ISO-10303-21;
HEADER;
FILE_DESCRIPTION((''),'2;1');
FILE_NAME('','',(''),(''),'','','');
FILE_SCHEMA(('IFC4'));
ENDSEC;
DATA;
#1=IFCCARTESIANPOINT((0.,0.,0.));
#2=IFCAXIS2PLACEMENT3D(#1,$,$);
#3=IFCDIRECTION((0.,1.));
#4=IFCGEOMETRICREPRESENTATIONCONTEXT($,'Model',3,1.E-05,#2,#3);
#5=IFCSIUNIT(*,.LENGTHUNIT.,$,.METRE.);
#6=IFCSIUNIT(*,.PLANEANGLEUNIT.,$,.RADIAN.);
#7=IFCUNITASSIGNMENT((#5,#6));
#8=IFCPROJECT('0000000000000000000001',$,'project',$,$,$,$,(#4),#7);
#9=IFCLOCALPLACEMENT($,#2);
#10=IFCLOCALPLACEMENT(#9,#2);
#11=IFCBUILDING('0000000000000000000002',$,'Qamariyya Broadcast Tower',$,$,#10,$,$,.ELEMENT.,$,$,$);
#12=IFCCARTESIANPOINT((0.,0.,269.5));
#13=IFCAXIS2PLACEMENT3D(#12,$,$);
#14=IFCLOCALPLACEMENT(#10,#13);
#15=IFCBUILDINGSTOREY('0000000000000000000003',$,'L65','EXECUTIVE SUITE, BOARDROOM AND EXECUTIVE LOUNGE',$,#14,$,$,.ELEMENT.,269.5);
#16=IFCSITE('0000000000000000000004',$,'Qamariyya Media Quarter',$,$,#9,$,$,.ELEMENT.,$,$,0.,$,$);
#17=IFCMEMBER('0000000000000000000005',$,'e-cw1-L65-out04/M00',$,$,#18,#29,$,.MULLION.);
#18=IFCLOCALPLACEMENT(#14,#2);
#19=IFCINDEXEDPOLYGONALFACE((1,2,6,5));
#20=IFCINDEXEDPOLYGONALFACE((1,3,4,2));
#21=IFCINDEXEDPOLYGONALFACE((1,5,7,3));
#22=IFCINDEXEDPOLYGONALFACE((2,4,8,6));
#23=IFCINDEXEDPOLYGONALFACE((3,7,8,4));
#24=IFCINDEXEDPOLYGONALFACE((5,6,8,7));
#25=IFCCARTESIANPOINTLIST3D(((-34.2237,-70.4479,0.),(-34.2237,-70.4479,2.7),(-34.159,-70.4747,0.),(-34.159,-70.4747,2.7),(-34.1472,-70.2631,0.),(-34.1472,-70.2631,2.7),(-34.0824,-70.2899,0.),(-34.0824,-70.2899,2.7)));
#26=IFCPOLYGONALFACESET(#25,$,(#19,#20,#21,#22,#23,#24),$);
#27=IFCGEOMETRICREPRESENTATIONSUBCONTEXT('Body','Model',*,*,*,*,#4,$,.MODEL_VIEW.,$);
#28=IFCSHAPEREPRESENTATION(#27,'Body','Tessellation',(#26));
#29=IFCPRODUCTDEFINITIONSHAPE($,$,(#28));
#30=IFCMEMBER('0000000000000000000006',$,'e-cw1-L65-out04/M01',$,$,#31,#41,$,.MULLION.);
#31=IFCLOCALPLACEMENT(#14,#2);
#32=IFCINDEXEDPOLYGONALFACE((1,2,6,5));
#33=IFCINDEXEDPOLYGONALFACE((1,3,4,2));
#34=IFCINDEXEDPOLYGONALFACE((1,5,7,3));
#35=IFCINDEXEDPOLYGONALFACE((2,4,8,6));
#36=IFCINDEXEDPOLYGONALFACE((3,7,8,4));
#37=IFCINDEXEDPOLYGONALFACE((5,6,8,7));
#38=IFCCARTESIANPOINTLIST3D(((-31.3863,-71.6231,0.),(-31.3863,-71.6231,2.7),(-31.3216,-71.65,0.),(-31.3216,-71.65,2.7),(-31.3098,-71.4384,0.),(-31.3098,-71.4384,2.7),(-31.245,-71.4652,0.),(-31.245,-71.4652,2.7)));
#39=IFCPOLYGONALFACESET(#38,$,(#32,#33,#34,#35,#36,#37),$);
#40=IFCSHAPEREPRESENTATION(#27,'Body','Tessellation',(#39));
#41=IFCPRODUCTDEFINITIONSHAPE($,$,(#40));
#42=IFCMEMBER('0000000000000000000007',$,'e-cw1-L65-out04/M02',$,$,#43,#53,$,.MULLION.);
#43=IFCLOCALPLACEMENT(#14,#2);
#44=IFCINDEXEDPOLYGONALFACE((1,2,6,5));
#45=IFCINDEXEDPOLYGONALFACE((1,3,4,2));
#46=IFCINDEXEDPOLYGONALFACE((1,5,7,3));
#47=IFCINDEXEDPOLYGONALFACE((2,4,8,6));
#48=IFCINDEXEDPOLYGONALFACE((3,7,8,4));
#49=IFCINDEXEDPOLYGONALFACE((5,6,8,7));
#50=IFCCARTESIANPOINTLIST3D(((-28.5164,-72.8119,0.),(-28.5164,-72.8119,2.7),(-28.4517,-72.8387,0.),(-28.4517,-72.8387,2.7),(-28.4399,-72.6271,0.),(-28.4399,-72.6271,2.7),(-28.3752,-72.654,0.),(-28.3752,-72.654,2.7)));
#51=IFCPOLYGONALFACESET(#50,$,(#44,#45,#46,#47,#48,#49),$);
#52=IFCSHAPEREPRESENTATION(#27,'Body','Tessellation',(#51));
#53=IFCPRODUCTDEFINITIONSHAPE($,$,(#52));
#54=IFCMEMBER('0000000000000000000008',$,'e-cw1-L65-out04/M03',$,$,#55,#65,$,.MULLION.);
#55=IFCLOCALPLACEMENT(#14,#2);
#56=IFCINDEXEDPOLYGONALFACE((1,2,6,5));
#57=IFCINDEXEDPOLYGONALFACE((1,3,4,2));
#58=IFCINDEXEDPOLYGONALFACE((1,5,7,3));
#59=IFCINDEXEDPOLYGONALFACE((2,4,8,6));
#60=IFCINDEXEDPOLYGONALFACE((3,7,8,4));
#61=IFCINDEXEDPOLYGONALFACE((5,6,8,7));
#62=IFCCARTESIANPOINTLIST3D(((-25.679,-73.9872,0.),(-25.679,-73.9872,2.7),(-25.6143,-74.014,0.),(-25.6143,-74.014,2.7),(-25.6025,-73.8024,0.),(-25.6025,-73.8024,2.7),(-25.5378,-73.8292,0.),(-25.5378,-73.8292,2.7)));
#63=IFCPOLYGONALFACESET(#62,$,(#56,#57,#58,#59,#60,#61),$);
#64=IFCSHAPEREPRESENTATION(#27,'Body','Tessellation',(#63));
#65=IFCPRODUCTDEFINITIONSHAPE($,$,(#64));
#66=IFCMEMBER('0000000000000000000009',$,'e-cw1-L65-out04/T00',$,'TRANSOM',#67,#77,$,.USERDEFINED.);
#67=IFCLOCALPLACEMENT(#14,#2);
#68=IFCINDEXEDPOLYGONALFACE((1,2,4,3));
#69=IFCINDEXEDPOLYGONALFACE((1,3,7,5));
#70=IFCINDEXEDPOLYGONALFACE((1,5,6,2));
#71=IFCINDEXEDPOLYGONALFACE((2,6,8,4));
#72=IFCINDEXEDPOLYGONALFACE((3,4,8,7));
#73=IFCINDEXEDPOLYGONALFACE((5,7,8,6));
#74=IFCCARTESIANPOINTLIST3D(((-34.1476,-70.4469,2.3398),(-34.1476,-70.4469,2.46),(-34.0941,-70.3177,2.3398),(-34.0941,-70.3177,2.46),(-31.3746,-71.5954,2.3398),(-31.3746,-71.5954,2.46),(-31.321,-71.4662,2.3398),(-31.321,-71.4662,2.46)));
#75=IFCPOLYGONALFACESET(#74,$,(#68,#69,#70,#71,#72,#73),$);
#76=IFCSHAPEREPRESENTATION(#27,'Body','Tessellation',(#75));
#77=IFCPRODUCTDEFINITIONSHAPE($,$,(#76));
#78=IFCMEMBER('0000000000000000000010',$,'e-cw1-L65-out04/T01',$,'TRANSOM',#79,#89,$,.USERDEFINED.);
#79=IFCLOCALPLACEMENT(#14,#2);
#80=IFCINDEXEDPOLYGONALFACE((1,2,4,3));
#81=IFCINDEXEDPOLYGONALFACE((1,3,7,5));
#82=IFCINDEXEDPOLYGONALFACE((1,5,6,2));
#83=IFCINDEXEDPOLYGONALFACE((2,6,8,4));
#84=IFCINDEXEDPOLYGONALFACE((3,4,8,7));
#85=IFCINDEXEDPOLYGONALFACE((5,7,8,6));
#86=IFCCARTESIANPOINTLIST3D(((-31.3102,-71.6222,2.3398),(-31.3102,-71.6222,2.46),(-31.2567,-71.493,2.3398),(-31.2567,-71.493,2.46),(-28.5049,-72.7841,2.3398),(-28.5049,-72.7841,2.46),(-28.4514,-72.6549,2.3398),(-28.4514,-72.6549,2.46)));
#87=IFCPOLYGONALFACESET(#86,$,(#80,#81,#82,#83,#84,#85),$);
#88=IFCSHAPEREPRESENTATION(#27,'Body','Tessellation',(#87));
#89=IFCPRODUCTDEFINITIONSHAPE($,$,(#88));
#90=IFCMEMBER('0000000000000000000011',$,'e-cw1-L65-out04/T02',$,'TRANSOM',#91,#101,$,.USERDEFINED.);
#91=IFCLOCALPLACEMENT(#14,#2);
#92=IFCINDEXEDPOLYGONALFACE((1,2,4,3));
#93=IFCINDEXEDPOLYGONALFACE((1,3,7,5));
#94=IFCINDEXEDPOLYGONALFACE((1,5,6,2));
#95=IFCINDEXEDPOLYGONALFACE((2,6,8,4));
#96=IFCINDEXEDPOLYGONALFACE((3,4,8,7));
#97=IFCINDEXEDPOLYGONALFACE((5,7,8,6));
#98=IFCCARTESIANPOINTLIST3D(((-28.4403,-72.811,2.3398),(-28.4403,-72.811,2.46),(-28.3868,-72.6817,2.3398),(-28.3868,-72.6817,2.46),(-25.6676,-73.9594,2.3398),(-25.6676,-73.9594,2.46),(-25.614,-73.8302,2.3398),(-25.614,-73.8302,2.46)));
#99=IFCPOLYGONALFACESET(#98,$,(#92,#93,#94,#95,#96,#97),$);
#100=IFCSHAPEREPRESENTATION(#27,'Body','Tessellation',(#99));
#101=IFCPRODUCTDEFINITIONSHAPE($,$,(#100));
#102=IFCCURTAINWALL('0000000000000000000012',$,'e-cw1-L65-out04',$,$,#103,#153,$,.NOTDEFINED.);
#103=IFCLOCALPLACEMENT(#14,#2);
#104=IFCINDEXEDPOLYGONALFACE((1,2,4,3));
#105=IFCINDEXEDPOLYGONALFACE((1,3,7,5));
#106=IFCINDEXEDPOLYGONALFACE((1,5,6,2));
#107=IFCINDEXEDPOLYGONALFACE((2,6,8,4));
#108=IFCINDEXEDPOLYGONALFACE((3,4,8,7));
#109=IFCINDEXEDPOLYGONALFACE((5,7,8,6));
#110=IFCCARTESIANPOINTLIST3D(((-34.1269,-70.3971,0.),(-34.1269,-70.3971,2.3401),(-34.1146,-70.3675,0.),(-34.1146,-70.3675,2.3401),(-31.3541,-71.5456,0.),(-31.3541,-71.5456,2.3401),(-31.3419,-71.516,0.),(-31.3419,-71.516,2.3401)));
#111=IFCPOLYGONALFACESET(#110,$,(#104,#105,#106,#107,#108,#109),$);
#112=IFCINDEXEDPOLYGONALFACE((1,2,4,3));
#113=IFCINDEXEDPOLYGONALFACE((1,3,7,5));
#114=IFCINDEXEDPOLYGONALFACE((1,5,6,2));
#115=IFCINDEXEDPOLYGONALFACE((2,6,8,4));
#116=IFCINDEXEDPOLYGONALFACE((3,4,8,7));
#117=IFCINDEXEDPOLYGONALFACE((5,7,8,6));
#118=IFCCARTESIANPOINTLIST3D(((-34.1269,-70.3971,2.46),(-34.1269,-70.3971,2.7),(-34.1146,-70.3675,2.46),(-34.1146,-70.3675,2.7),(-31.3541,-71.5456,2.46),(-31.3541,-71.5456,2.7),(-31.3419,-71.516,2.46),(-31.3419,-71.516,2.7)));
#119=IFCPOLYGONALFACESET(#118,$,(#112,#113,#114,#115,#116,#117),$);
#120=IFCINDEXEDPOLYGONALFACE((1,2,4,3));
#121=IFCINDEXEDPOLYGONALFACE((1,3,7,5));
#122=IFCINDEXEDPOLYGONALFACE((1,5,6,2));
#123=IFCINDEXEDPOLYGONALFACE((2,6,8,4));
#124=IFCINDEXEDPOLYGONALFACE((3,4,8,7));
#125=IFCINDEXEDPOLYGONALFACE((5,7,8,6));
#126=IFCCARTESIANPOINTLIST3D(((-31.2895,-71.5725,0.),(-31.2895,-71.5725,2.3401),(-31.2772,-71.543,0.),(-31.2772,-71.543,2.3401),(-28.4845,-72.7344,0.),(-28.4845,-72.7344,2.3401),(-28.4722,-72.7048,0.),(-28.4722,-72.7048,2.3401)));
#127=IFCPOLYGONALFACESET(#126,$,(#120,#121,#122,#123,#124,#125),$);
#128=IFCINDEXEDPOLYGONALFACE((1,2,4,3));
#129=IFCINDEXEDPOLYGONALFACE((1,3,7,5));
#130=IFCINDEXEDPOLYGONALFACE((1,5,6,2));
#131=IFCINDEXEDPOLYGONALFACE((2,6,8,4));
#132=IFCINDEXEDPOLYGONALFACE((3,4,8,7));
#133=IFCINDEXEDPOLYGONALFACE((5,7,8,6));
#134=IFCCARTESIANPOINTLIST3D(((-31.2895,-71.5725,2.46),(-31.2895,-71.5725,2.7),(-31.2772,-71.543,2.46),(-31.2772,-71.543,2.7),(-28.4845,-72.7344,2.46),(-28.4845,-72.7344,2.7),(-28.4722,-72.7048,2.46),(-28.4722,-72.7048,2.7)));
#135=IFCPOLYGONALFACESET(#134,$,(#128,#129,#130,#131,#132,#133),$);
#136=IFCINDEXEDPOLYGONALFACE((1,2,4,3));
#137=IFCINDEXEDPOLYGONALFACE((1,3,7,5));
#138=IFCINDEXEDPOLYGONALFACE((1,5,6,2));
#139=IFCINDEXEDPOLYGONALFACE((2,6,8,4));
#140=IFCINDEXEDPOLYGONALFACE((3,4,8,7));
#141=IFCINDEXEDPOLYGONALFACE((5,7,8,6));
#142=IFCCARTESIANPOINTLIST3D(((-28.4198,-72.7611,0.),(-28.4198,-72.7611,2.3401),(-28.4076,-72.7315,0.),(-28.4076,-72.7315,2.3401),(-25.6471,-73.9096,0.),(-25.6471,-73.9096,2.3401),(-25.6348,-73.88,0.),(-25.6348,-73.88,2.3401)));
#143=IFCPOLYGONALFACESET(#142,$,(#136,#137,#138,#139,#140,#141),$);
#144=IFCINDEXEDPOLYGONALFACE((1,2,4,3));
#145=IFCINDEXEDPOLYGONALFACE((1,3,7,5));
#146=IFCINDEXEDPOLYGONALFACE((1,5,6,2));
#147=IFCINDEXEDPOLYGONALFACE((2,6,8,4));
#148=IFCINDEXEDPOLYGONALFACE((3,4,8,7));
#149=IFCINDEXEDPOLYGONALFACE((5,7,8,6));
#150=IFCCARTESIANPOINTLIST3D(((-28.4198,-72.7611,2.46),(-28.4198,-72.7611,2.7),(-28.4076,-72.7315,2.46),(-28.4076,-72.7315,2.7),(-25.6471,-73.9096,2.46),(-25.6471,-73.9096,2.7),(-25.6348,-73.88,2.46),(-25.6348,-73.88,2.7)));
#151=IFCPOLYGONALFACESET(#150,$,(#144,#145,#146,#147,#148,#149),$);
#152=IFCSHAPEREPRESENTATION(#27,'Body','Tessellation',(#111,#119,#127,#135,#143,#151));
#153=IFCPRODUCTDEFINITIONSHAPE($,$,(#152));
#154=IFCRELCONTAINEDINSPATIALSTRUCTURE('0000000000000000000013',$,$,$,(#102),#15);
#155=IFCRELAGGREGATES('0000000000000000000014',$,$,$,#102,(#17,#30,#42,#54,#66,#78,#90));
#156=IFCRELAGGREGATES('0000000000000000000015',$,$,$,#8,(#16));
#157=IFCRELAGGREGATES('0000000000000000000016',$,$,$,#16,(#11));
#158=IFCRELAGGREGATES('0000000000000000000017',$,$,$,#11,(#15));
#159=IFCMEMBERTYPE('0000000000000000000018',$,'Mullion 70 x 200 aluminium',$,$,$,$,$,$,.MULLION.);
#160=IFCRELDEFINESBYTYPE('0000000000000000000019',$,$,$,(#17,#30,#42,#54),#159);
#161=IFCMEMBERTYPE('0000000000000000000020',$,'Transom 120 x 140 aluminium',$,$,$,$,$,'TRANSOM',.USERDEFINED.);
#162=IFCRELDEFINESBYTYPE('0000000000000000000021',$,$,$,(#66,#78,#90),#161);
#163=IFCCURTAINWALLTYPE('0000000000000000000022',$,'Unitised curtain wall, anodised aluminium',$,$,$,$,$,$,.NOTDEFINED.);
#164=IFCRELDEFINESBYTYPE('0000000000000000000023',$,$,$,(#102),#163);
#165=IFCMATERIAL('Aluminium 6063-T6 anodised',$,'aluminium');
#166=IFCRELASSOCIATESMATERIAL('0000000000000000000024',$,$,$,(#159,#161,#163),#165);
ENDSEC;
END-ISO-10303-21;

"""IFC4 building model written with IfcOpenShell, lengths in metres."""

from ifc_helpers import new_model, si_unit, direction, frame, origin, origin_2d, place, context, subcontext, project, spatial, rectangle, extrude, material, material_profile, profile_set, type_object, element, aggregate, save


model = new_model("IFC4")

# Units and contexts
model_context = context("Model", 3, precision=1e-05, world=origin(), true_north=direction((0.0, 1.0)))
body_context = subcontext(model_context, "Body", "Model", "MODEL_VIEW")
ifc_project = project(units=[si_unit("LENGTHUNIT", "METRE"), si_unit("PLANEANGLEUNIT", "RADIAN")], contexts=[model_context])

# Members
ifc_material = material(Name="Aluminium 6063-T6 anodised", Category="aluminium")
ifc_material_profile_1 = material_profile(ifc_material, rectangle(XDim=0.2, YDim=0.0701, at=origin_2d()))
ifc_profile_set_1 = profile_set([ifc_material_profile_1], Name="Aluminium 6063-T6 anodised")
member_type_1 = type_object("IfcMemberType", Name="Mullion 70 x 200 aluminium", PredefinedType="MULLION", material=ifc_profile_set_1)
site_placement = place(None, origin())
building_placement = place(site_placement, origin())
storey_placement = place(building_placement, frame((0.0, 0.0, 269.5)))
member_1_placement = place(storey_placement, frame((-34.1531, -70.3689, 0.0), z_axis=(0.0, 0.0, 1.0), x_axis=(0.382683, 0.92388, 0.0)))
member_1 = element("IfcMember", 1, at=member_1_placement, type_object=member_type_1, Name="e-cw1-L65-out04/M00", PredefinedType="MULLION", context=body_context, shape_type="SweptSolid", body=[
    extrude(rectangle(XDim=0.2, YDim=0.0701, at=origin_2d()), origin(), (0.0, 0.0, 1.0), 2.7),
])
member_2_placement = place(storey_placement, frame((-31.3157, -71.5442, 0.0), z_axis=(0.0, 0.0, 1.0), x_axis=(0.382683, 0.92388, 0.0)))
member_2 = element("IfcMember", 2, at=member_2_placement, type_object=member_type_1, Name="e-cw1-L65-out04/M01", PredefinedType="MULLION", context=body_context, shape_type="SweptSolid", body=[
    extrude(rectangle(XDim=0.2, YDim=0.0701, at=origin_2d()), origin(), (0.0, 0.0, 1.0), 2.7),
])
member_3_placement = place(storey_placement, frame((-28.4458, -72.7329, 0.0), z_axis=(0.0, 0.0, 1.0), x_axis=(0.382683, 0.92388, 0.0)))
member_3 = element("IfcMember", 3, at=member_3_placement, type_object=member_type_1, Name="e-cw1-L65-out04/M02", PredefinedType="MULLION", context=body_context, shape_type="SweptSolid", body=[
    extrude(rectangle(XDim=0.2, YDim=0.0701, at=origin_2d()), origin(), (0.0, 0.0, 1.0), 2.7),
])
member_4_placement = place(storey_placement, frame((-25.6084, -73.9082, 0.0), z_axis=(0.0, 0.0, 1.0), x_axis=(0.382683, 0.92388, 0.0)))
member_4 = element("IfcMember", 4, at=member_4_placement, type_object=member_type_1, Name="e-cw1-L65-out04/M03", PredefinedType="MULLION", context=body_context, shape_type="SweptSolid", body=[
    extrude(rectangle(XDim=0.2, YDim=0.0701, at=origin_2d()), origin(), (0.0, 0.0, 1.0), 2.7),
])
ifc_material_profile_2 = material_profile(ifc_material, rectangle(XDim=0.1399, YDim=0.1201, at=origin_2d()))
ifc_profile_set_2 = profile_set([ifc_material_profile_2], Name="Aluminium 6063-T6 anodised")
member_type_2 = type_object("IfcMemberType", Name="Transom 120 x 140 aluminium", ElementType="TRANSOM", PredefinedType="USERDEFINED", material=ifc_profile_set_2)
member_5_placement = place(storey_placement, frame((-34.1208, -70.3823, 2.3999), z_axis=(0.923898, -0.382639, 0.0), x_axis=(0.382639, 0.923898, 0.0)))
member_5 = element("IfcMember", 5, at=member_5_placement, type_object=member_type_2, Name="e-cw1-L65-out04/T00", ObjectType="TRANSOM", PredefinedType="USERDEFINED", context=body_context, shape_type="SweptSolid", body=[
    extrude(rectangle(XDim=0.1399, YDim=0.1201, at=origin_2d()), origin(), (0.0, 0.0, 1.0), 3.0015),
])
member_6_placement = place(storey_placement, frame((-31.2834, -71.5576, 2.3999), z_axis=(0.923888, -0.382662, 0.0), x_axis=(0.382662, 0.923888, 0.0)))
member_6 = element("IfcMember", 6, at=member_6_placement, type_object=member_type_2, Name="e-cw1-L65-out04/T01", ObjectType="TRANSOM", PredefinedType="USERDEFINED", context=body_context, shape_type="SweptSolid", body=[
    extrude(rectangle(XDim=0.1399, YDim=0.1201, at=origin_2d()), origin(), (0.0, 0.0, 1.0), 3.0364),
])
member_7_placement = place(storey_placement, frame((-28.4136, -72.7463, 2.3999), z_axis=(0.923886, -0.382668, 0.0), x_axis=(0.382668, 0.923886, 0.0)))
member_7 = element("IfcMember", 7, at=member_7_placement, type_object=member_type_2, Name="e-cw1-L65-out04/T02", ObjectType="TRANSOM", PredefinedType="USERDEFINED", context=body_context, shape_type="SweptSolid", body=[
    extrude(rectangle(XDim=0.1399, YDim=0.1201, at=origin_2d()), origin(), (0.0, 0.0, 1.0), 3.0012),
])

# Site, building, storey
site = spatial("IfcSite", under=ifc_project, at=site_placement, Name="Qamariyya Media Quarter", CompositionType="ELEMENT", RefElevation=0.0)
building = spatial("IfcBuilding", under=site, at=building_placement, Name="Qamariyya Broadcast Tower", CompositionType="ELEMENT")
storey = spatial("IfcBuildingStorey", under=building, at=storey_placement, Name="L65", Description="EXECUTIVE SUITE, BOARDROOM AND EXECUTIVE LOUNGE", CompositionType="ELEMENT", Elevation=269.5)

# Curtain wall
curtain_wall_type = type_object("IfcCurtainWallType", Name="Unitised curtain wall, anodised aluminium", PredefinedType="NOTDEFINED", material=ifc_material)
curtain_wall_1_placement = place(storey_placement, origin())
curtain_wall_1 = element("IfcCurtainWall", 8, at=curtain_wall_1_placement, inside=storey, type_object=curtain_wall_type, Name="e-cw1-L65-out04", PredefinedType="NOTDEFINED", context=body_context, shape_type="SweptSolid", body=[
    extrude(rectangle(XDim=3.0012, YDim=0.032, at=origin_2d()), frame((-32.7344, -70.9565, 0.0), x_axis=(0.923878, -0.382687, 0.0)), (0.0, 0.0, 1.0), 2.3401),
    extrude(rectangle(XDim=3.0012, YDim=0.032, at=origin_2d()), frame((-32.7344, -70.9565, 2.46), x_axis=(0.923878, -0.382687, 0.0)), (0.0, 0.0, 1.0), 0.24),
    extrude(rectangle(XDim=3.0361, YDim=0.032, at=origin_2d()), frame((-29.8809, -72.1387, 0.0), x_axis=(0.923878, -0.382687, 0.0)), (0.0, 0.0, 1.0), 2.3401),
    extrude(rectangle(XDim=3.0361, YDim=0.032, at=origin_2d()), frame((-29.8809, -72.1387, 2.46), x_axis=(0.923878, -0.382687, 0.0)), (0.0, 0.0, 1.0), 0.24),
    extrude(rectangle(XDim=3.0012, YDim=0.032, at=origin_2d()), frame((-27.0273, -73.3206, 0.0), x_axis=(0.923878, -0.382687, 0.0)), (0.0, 0.0, 1.0), 2.3401),
    extrude(rectangle(XDim=3.0012, YDim=0.032, at=origin_2d()), frame((-27.0273, -73.3206, 2.46), x_axis=(0.923878, -0.382687, 0.0)), (0.0, 0.0, 1.0), 0.24),
])
aggregate(curtain_wall_1, [member_1, member_2, member_3, member_4, member_5, member_6, member_7])

save(model, "model.ifc")
